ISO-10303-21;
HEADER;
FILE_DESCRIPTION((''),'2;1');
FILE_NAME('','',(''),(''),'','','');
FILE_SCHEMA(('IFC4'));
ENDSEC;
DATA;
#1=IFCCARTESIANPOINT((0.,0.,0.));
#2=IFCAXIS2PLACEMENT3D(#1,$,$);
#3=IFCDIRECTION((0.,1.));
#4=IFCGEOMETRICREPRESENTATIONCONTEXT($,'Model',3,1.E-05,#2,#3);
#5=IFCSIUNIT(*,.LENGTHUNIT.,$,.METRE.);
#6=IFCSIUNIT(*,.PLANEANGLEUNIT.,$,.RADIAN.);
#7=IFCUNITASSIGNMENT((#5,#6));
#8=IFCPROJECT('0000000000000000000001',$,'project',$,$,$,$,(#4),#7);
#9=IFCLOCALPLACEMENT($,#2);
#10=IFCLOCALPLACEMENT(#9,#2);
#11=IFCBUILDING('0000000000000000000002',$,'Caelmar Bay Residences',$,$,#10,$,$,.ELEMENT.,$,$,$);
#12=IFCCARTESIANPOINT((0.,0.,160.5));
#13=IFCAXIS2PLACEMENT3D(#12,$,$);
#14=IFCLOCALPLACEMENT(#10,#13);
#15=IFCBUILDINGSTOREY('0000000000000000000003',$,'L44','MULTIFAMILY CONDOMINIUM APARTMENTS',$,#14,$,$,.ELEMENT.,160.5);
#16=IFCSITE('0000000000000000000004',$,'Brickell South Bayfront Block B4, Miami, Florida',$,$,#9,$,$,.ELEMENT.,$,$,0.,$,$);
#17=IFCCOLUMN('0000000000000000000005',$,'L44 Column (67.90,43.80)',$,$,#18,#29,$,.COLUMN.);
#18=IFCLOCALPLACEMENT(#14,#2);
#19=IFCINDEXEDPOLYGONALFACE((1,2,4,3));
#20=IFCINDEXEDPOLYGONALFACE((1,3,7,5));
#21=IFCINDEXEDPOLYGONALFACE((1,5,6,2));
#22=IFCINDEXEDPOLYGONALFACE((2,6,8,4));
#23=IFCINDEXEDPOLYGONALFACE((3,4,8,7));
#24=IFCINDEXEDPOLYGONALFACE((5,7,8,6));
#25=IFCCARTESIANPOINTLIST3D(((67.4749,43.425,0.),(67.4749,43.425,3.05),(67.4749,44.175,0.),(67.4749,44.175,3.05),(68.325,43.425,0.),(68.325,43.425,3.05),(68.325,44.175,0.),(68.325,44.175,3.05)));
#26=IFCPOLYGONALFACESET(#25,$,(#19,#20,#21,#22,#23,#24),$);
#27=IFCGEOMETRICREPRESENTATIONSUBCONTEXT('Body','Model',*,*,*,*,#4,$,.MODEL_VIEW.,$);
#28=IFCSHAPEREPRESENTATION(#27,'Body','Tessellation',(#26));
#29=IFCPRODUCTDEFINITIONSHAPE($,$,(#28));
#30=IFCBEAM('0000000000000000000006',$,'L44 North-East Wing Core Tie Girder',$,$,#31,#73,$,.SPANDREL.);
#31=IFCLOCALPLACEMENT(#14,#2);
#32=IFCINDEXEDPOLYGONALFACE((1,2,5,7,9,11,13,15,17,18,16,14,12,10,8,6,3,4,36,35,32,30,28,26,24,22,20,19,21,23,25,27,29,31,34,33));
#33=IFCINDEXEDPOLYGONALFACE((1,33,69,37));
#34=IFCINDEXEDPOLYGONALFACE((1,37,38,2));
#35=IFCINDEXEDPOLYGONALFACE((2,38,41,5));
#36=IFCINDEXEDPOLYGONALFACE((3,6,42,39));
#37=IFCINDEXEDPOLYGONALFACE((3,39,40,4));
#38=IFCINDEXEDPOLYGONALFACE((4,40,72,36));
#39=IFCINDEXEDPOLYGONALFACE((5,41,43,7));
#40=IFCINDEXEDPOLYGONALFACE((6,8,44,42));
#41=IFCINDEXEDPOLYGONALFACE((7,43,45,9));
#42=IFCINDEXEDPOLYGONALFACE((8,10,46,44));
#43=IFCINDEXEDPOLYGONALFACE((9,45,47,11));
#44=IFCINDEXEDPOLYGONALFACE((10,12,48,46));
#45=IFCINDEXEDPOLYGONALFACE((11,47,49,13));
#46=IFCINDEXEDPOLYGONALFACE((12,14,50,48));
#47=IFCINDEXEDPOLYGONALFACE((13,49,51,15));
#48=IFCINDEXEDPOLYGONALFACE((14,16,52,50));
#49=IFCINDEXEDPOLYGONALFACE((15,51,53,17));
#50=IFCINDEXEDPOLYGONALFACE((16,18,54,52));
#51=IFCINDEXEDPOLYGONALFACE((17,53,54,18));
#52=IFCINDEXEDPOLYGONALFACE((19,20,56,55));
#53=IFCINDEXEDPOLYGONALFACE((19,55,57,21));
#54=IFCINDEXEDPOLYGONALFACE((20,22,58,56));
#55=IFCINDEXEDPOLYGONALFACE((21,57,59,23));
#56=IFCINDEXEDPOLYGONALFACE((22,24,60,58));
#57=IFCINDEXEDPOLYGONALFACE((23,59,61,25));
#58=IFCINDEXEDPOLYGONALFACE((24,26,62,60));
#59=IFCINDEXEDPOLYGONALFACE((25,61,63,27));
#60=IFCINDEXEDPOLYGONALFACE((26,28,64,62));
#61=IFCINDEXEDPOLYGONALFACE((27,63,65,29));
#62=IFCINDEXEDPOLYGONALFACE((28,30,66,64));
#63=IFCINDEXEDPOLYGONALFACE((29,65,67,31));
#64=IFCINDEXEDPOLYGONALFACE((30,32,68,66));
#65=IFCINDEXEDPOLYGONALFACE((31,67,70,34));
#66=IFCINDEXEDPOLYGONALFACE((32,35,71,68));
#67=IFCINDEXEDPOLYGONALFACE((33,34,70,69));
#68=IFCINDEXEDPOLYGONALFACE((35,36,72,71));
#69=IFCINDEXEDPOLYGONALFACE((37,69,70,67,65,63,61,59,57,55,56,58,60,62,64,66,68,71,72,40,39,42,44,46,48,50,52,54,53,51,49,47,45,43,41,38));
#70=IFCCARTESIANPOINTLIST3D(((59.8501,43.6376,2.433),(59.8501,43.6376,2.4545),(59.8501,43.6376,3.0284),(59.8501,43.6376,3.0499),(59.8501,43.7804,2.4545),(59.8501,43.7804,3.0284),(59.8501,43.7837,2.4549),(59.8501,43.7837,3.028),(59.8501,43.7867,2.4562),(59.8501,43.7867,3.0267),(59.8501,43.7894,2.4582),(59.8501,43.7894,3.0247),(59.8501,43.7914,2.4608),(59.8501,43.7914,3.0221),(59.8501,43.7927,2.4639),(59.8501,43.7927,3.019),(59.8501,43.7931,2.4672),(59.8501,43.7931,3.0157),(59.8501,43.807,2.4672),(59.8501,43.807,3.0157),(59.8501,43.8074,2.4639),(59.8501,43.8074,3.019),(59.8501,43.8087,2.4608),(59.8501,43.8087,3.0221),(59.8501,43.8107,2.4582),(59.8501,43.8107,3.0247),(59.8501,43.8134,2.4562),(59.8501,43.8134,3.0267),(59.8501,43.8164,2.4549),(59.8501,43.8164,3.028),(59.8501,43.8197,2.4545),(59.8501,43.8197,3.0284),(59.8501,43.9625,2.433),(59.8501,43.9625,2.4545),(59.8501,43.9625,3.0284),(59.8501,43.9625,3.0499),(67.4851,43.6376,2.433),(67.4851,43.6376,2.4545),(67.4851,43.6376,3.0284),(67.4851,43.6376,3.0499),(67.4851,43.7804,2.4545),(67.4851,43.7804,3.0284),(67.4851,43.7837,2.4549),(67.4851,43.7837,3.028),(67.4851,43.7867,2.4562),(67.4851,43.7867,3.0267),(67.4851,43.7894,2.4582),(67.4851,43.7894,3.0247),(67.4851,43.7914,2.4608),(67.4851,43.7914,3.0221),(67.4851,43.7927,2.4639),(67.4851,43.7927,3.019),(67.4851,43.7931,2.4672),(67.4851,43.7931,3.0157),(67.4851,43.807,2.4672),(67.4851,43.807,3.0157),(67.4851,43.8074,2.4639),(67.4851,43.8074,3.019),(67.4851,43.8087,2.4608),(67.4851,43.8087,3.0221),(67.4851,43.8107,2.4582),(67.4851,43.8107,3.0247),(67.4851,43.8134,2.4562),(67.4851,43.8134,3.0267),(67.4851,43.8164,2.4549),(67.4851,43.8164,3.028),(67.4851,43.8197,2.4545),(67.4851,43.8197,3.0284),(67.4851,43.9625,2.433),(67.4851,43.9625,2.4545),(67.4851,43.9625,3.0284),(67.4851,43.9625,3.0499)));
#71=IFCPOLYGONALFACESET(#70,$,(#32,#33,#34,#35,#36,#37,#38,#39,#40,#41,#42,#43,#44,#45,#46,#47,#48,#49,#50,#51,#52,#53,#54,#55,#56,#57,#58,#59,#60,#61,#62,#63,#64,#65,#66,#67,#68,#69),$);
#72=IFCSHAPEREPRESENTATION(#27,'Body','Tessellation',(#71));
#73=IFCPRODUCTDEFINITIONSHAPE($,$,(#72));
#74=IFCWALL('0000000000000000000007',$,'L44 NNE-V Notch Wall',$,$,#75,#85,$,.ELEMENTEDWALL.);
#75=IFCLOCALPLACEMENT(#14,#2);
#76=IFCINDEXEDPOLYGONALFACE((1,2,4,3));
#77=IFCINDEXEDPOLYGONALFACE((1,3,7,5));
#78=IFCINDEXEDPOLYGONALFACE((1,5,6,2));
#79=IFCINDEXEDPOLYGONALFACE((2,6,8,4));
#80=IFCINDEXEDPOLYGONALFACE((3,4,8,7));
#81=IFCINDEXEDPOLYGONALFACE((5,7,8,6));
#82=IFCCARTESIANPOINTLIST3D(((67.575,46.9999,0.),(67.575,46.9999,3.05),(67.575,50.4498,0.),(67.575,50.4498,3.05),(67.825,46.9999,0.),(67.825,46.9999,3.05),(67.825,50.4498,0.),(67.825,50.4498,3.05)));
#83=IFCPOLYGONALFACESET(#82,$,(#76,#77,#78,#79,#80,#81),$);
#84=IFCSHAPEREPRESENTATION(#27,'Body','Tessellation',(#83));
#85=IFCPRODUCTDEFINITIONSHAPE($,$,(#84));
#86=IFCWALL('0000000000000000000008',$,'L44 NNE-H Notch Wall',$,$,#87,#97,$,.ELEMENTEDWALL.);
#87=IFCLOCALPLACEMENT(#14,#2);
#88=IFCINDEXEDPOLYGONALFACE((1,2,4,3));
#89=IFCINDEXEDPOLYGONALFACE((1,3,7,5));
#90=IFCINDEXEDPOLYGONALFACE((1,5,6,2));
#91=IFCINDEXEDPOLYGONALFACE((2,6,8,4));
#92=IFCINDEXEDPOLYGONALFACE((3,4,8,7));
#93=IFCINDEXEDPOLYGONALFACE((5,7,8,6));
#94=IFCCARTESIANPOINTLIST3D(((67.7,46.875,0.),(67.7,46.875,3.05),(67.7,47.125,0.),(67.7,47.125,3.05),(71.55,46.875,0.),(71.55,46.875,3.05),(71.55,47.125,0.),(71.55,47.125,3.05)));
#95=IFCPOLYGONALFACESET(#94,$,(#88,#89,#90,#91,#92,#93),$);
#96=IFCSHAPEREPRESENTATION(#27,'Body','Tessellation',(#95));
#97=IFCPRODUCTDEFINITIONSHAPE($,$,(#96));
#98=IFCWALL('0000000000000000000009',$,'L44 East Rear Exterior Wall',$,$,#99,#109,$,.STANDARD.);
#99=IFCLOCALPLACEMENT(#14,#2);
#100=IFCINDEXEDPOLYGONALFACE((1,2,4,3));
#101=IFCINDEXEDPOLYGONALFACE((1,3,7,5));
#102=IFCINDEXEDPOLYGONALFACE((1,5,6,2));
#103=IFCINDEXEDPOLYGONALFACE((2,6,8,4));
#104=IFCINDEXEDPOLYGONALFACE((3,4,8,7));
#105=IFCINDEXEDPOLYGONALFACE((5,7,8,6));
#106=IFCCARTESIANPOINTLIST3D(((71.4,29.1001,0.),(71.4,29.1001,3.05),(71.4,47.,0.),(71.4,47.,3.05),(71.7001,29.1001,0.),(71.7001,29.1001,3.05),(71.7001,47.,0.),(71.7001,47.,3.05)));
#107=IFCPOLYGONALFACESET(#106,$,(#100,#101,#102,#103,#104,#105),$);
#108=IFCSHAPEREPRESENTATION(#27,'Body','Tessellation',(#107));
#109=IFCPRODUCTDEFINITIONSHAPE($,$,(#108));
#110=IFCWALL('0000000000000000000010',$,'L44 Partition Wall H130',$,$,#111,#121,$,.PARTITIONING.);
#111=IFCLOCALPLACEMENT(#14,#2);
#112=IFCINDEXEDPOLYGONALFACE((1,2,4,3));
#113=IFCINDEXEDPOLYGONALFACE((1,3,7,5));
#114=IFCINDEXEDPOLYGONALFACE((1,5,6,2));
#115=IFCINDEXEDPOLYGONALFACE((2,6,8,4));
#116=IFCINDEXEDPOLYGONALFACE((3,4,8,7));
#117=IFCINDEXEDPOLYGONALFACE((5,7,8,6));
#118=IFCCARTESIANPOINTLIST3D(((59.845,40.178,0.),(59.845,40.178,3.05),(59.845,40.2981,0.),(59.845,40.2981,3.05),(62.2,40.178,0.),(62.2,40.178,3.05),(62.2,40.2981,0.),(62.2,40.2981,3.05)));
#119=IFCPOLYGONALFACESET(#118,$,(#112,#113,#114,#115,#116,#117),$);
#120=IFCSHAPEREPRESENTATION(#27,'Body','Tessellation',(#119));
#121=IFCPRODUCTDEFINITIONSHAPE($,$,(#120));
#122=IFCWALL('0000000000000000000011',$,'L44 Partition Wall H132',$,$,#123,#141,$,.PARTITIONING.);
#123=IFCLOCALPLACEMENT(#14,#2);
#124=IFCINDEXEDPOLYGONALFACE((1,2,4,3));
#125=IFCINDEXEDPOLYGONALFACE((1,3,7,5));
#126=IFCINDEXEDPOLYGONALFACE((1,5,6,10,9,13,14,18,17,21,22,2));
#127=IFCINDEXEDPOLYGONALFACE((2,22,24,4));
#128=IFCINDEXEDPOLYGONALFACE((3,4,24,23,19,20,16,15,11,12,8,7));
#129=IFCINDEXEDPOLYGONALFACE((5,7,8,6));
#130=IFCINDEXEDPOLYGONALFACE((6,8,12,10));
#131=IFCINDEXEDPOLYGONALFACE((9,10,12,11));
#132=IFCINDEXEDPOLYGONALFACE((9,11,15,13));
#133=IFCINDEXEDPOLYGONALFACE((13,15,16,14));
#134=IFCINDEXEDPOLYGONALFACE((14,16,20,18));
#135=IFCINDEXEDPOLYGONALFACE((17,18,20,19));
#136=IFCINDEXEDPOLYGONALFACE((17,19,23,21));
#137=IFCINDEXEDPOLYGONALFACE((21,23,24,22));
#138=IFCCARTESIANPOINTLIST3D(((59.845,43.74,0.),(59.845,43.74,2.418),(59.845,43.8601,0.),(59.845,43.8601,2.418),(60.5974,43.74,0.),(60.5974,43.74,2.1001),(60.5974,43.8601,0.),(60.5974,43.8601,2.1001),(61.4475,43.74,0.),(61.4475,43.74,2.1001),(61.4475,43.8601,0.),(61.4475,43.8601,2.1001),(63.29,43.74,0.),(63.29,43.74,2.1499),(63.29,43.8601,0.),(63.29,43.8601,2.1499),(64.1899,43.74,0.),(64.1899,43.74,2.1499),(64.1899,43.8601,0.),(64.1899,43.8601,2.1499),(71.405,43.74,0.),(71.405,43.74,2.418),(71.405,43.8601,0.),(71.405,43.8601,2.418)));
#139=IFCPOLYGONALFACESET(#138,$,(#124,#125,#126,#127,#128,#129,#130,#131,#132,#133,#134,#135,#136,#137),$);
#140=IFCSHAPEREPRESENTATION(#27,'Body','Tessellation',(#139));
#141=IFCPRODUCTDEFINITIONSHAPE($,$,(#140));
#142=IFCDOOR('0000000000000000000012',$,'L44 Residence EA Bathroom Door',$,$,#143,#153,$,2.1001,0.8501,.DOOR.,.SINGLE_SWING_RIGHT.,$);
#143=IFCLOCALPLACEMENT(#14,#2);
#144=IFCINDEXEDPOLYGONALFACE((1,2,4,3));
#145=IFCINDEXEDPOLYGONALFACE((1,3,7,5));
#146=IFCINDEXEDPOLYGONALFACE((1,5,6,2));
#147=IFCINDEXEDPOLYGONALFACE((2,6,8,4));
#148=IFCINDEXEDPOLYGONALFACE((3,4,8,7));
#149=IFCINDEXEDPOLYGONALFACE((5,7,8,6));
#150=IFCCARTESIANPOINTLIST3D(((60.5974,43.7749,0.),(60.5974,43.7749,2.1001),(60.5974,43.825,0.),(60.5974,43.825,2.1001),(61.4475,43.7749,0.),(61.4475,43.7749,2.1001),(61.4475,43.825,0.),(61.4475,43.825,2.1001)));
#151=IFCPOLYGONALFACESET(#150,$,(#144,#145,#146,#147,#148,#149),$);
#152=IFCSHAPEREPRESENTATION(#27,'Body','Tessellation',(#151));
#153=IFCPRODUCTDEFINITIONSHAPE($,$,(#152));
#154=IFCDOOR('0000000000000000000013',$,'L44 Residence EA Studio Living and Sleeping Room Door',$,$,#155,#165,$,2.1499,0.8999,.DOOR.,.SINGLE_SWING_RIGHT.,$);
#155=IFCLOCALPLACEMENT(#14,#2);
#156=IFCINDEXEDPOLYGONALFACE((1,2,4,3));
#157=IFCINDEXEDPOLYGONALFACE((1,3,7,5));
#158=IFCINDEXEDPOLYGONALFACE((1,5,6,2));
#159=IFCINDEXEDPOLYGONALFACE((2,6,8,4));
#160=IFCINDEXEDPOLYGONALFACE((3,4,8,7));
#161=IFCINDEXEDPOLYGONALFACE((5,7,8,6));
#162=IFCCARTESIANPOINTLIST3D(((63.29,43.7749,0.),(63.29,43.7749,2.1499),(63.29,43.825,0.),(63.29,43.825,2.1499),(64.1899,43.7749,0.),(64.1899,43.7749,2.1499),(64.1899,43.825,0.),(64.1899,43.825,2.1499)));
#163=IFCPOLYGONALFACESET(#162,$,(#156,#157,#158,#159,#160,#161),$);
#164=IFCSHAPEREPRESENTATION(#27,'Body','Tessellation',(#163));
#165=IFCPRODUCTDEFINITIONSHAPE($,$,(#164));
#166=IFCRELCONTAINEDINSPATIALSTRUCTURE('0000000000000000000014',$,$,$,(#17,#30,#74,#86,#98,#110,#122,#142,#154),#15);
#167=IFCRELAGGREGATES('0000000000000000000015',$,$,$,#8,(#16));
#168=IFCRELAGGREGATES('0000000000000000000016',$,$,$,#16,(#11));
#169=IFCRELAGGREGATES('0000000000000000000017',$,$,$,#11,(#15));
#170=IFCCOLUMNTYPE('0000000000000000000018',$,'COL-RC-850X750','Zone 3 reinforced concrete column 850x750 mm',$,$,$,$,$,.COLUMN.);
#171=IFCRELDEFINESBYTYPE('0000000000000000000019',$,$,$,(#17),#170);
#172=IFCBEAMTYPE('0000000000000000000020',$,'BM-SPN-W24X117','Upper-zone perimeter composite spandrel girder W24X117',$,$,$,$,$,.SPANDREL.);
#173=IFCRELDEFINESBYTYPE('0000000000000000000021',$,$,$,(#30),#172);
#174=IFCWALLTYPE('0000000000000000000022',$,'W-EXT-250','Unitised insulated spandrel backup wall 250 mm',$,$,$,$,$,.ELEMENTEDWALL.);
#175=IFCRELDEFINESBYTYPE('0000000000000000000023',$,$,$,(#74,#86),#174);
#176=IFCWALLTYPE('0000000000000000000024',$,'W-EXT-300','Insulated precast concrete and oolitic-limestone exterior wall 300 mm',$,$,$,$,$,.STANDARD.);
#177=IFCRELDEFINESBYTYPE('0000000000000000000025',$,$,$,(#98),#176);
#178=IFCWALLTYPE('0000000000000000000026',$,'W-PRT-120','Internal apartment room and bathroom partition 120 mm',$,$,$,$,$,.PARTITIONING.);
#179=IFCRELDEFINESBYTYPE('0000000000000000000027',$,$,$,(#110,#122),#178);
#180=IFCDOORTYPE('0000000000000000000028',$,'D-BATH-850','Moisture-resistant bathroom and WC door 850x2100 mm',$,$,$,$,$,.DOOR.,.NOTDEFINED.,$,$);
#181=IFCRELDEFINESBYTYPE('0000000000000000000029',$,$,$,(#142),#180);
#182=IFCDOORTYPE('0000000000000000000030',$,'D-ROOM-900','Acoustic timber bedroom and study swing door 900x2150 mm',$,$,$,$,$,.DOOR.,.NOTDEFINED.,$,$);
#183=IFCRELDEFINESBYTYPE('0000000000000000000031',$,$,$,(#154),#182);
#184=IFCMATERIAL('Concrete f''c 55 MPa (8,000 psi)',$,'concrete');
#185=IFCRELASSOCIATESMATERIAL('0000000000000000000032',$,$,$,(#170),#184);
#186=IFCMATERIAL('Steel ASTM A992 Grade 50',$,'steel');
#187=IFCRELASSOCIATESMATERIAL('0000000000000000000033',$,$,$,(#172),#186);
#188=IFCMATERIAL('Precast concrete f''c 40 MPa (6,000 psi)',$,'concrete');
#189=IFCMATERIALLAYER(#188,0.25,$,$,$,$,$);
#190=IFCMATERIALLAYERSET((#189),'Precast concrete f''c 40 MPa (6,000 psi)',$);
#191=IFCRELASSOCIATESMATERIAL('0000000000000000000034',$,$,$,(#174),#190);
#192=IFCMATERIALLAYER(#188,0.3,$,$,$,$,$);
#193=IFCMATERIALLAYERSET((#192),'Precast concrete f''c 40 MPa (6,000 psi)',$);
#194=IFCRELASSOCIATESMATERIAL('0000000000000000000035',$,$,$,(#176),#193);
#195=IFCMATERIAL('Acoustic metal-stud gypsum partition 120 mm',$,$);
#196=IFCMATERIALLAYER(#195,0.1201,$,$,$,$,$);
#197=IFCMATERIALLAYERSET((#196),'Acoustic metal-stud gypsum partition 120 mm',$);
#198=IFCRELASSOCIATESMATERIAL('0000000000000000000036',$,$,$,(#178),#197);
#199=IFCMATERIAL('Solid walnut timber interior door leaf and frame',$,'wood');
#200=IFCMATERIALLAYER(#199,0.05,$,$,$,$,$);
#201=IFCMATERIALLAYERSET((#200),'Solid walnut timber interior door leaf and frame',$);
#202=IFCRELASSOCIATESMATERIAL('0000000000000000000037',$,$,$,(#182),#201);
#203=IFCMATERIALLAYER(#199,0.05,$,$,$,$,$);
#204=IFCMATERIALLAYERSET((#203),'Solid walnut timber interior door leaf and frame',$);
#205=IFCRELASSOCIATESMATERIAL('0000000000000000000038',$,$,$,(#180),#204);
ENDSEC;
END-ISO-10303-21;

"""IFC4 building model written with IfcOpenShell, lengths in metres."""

from ifc_helpers import new_model, si_unit, direction, frame, frame_2d, origin, origin_2d, place, context, subcontext, project, spatial, rectangle, i_section, extrude, material, layer, layer_set, material_profile, profile_set, type_object, element, fill, save


model = new_model("IFC4")

# Units and contexts
model_context = context("Model", 3, precision=1e-05, world=origin(), true_north=direction((0.0, 1.0)))
body_context = subcontext(model_context, "Body", "Model", "MODEL_VIEW")
ifc_project = project(units=[si_unit("LENGTHUNIT", "METRE"), si_unit("PLANEANGLEUNIT", "RADIAN")], contexts=[model_context])

# Site, building, storey
site_placement = place(None, origin())
site = spatial("IfcSite", under=ifc_project, at=site_placement, Name="Brickell South Bayfront Block B4, Miami, Florida", CompositionType="ELEMENT", RefElevation=0.0)
building_placement = place(site_placement, origin())
building = spatial("IfcBuilding", under=site, at=building_placement, Name="Caelmar Bay Residences", CompositionType="ELEMENT")
storey_placement = place(building_placement, frame((0.0, 0.0, 160.5)))
storey = spatial("IfcBuildingStorey", under=building, at=storey_placement, Name="L44", Description="MULTIFAMILY CONDOMINIUM APARTMENTS", CompositionType="ELEMENT", Elevation=160.5)

# Column
ifc_material_1 = material(Name="Concrete f'c 55 MPa (8,000 psi)", Category="concrete")
ifc_material_profile_1 = material_profile(ifc_material_1, rectangle(XDim=0.8501, YDim=0.75, at=origin_2d()), Name="RC-COL-850X750")
ifc_profile_set_1 = profile_set([ifc_material_profile_1], Name="Concrete f'c 55 MPa (8,000 psi)")
column_type = type_object("IfcColumnType", Name="COL-RC-850X750", Description="Zone 3 reinforced concrete column 850x750 mm", PredefinedType="COLUMN", material=ifc_profile_set_1)
column_placement = place(storey_placement, frame((67.8999, 43.8, 0.0), z_axis=(0.0, 0.0, 1.0), x_axis=(1.0, 0.0, 0.0)))
element("IfcColumn", 1, at=column_placement, inside=storey, type_object=column_type, Name="L44 Column (67.90,43.80)", PredefinedType="COLUMN", context=body_context, shape_type="SweptSolid", body=[
    extrude(rectangle(XDim=0.8501, YDim=0.75, at=origin_2d()), origin(), (0.0, 0.0, 1.0), 3.05),
])

# Beam
ifc_material_2 = material(Name="Steel ASTM A992 Grade 50", Category="steel")
ifc_material_profile_2 = material_profile(ifc_material_2, i_section(OverallWidth=0.325, OverallDepth=0.6169, WebThickness=0.0139, FlangeThickness=0.0215, FilletRadius=0.0127, at=origin_2d()), Name="W24X117")
ifc_profile_set_2 = profile_set([ifc_material_profile_2], Name="Steel ASTM A992 Grade 50")
beam_type = type_object("IfcBeamType", Name="BM-SPN-W24X117", Description="Upper-zone perimeter composite spandrel girder W24X117", PredefinedType="SPANDREL", material=ifc_profile_set_2)
beam_placement = place(storey_placement, frame((59.8501, 43.8, 2.7415), z_axis=(1.0, 0.0, 0.0), x_axis=(0.0, 1.0, 0.0)))
element("IfcBeam", 2, at=beam_placement, inside=storey, type_object=beam_type, Name="L44 North-East Wing Core Tie Girder", PredefinedType="SPANDREL", context=body_context, shape_type="SweptSolid", body=[
    extrude(i_section(OverallWidth=0.325, OverallDepth=0.6169, WebThickness=0.0139, FlangeThickness=0.0215, FilletRadius=0.0127, at=origin_2d()), origin(), (0.0, 0.0, 1.0), 7.635),
])

# Walls
ifc_material_3 = material(Name="Precast concrete f'c 40 MPa (6,000 psi)", Category="concrete")
ifc_layer_1 = layer(ifc_material_3, 0.25)
ifc_layer_set_1 = layer_set([ifc_layer_1], Name="Precast concrete f'c 40 MPa (6,000 psi)")
wall_type_1 = type_object("IfcWallType", Name="W-EXT-250", Description="Unitised insulated spandrel backup wall 250 mm", PredefinedType="ELEMENTEDWALL", material=ifc_layer_set_1)
wall_1_placement = place(storey_placement, frame((67.7, 50.45, 0.0), z_axis=(0.0, 0.0, 1.0), x_axis=(0.0, -1.0, 0.0)))
element("IfcWall", 3, at=wall_1_placement, inside=storey, type_object=wall_type_1, Name="L44 NNE-V Notch Wall", PredefinedType="ELEMENTEDWALL", context=body_context, shape_type="SweptSolid", body=[
    extrude(rectangle(XDim=3.45, YDim=0.25, at=frame_2d((1.7251, 0.0))), origin(), (0.0, 0.0, 1.0), 3.05),
])
wall_2_placement = place(storey_placement, frame((67.7, 47.0, 0.0), z_axis=(0.0, 0.0, 1.0), x_axis=(1.0, 0.0, 0.0)))
element("IfcWall", 4, at=wall_2_placement, inside=storey, type_object=wall_type_1, Name="L44 NNE-H Notch Wall", PredefinedType="ELEMENTEDWALL", context=body_context, shape_type="SweptSolid", body=[
    extrude(rectangle(XDim=3.8501, YDim=0.25, at=frame_2d((1.925, 0.0))), origin(), (0.0, 0.0, 1.0), 3.05),
])
ifc_layer_2 = layer(ifc_material_3, 0.3)
ifc_layer_set_2 = layer_set([ifc_layer_2], Name="Precast concrete f'c 40 MPa (6,000 psi)")
wall_type_2 = type_object("IfcWallType", Name="W-EXT-300", Description="Insulated precast concrete and oolitic-limestone exterior wall 300 mm", PredefinedType="STANDARD", material=ifc_layer_set_2)
wall_3_placement = place(storey_placement, frame((71.55, 47.0, 0.0), z_axis=(0.0, 0.0, 1.0), x_axis=(0.0, -1.0, 0.0)))
element("IfcWall", 5, at=wall_3_placement, inside=storey, type_object=wall_type_2, Name="L44 East Rear Exterior Wall", PredefinedType="STANDARD", context=body_context, shape_type="SweptSolid", body=[
    extrude(rectangle(XDim=17.8999, YDim=0.3, at=frame_2d((8.95, 0.0))), origin(), (0.0, 0.0, 1.0), 3.05),
])

# Shared definitions
ifc_material_4 = material(Name="Acoustic metal-stud gypsum partition 120 mm")
ifc_layer_3 = layer(ifc_material_4, 0.1201)
ifc_layer_set_3 = layer_set([ifc_layer_3], Name="Acoustic metal-stud gypsum partition 120 mm")
wall_type_3 = type_object("IfcWallType", Name="W-PRT-120", Description="Internal apartment room and bathroom partition 120 mm", PredefinedType="PARTITIONING", material=ifc_layer_set_3)
ifc_material_5 = material(Name="Solid walnut timber interior door leaf and frame", Category="wood")
ifc_layer_4 = layer(ifc_material_5, 0.05)
ifc_layer_set_4 = layer_set([ifc_layer_4], Name="Solid walnut timber interior door leaf and frame")
door_type_1 = type_object("IfcDoorType", Name="D-ROOM-900", Description="Acoustic timber bedroom and study swing door 900x2150 mm", OperationType="NOTDEFINED", PredefinedType="DOOR", material=ifc_layer_set_4)

# Wall
wall_4_placement = place(storey_placement, frame((59.845, 40.238, 0.0), z_axis=(0.0, 0.0, 1.0), x_axis=(1.0, 0.0, 0.0)))
element("IfcWall", 6, at=wall_4_placement, inside=storey, type_object=wall_type_3, Name="L44 Partition Wall H130", PredefinedType="PARTITIONING", context=body_context, shape_type="SweptSolid", body=[
    extrude(rectangle(XDim=2.355, YDim=0.1201, at=frame_2d((1.1775, 0.0))), origin(), (0.0, 0.0, 1.0), 3.05),
])

# Wall, openings, doors
wall_5_placement = place(storey_placement, frame((59.845, 43.8, 0.0), z_axis=(0.0, 0.0, 1.0), x_axis=(1.0, 0.0, 0.0)))
wall_5 = element("IfcWall", 7, at=wall_5_placement, inside=storey, type_object=wall_type_3, Name="L44 Partition Wall H132", PredefinedType="PARTITIONING", context=body_context, shape_type="SweptSolid", body=[
    extrude(rectangle(XDim=11.5601, YDim=0.1201, at=frame_2d((5.78, 0.0))), origin(), (0.0, 0.0, 1.0), 2.418),
])
opening_1_placement = place(wall_5_placement, frame((3.4451, 0.0, 0.0)))
opening_1 = element("IfcOpeningElement", 8, at=opening_1_placement, cuts=wall_5, PredefinedType="OPENING", context=body_context, shape_type="SweptSolid", body=[
    extrude(rectangle(XDim=0.8999, YDim=2.1499, at=frame_2d((0.45, 1.075))), frame((0.0, 0.0701, 0.0), z_axis=(0.0, -1.0, 0.0), x_axis=(1.0, 0.0, 0.0)), (0.0, 0.0, 1.0), 0.1401),
])
opening_2_placement = place(wall_5_placement, frame((0.7524, 0.0, 0.0)))
opening_2 = element("IfcOpeningElement", 9, at=opening_2_placement, cuts=wall_5, PredefinedType="OPENING", context=body_context, shape_type="SweptSolid", body=[
    extrude(rectangle(XDim=0.8501, YDim=2.1001, at=frame_2d((0.425, 1.05))), frame((0.0, 0.0701, 0.0), z_axis=(0.0, -1.0, 0.0), x_axis=(1.0, 0.0, 0.0)), (0.0, 0.0, 1.0), 0.1401),
])
ifc_layer_5 = layer(ifc_material_5, 0.05)
ifc_layer_set_5 = layer_set([ifc_layer_5], Name="Solid walnut timber interior door leaf and frame")
door_type_2 = type_object("IfcDoorType", Name="D-BATH-850", Description="Moisture-resistant bathroom and WC door 850x2100 mm", OperationType="NOTDEFINED", PredefinedType="DOOR", material=ifc_layer_set_5)
door_1_placement = place(opening_2_placement, origin())
door_1 = element("IfcDoor", 10, at=door_1_placement, inside=storey, type_object=door_type_2, Name="L44 Residence EA Bathroom Door", OperationType="SINGLE_SWING_RIGHT", OverallHeight=2.1001, OverallWidth=0.8501, PredefinedType="DOOR", context=body_context, shape_type="SweptSolid", body=[
    extrude(rectangle(XDim=0.8501, YDim=2.1001, at=frame_2d((0.425, 1.05))), frame((0.0, 0.0249, 0.0), z_axis=(0.0, -1.0, 0.0), x_axis=(1.0, 0.0, 0.0)), (0.0, 0.0, 1.0), 0.05),
])
fill(opening_2, door_1)
door_2_placement = place(opening_1_placement, origin())
door_2 = element("IfcDoor", 11, at=door_2_placement, inside=storey, type_object=door_type_1, Name="L44 Residence EA Studio Living and Sleeping Room Door", OperationType="SINGLE_SWING_RIGHT", OverallHeight=2.1499, OverallWidth=0.8999, PredefinedType="DOOR", context=body_context, shape_type="SweptSolid", body=[
    extrude(rectangle(XDim=0.8999, YDim=2.1499, at=frame_2d((0.45, 1.075))), frame((0.0, 0.0249, 0.0), z_axis=(0.0, -1.0, 0.0), x_axis=(1.0, 0.0, 0.0)), (0.0, 0.0, 1.0), 0.05),
])
fill(opening_1, door_2)

save(model, "model.ifc")
